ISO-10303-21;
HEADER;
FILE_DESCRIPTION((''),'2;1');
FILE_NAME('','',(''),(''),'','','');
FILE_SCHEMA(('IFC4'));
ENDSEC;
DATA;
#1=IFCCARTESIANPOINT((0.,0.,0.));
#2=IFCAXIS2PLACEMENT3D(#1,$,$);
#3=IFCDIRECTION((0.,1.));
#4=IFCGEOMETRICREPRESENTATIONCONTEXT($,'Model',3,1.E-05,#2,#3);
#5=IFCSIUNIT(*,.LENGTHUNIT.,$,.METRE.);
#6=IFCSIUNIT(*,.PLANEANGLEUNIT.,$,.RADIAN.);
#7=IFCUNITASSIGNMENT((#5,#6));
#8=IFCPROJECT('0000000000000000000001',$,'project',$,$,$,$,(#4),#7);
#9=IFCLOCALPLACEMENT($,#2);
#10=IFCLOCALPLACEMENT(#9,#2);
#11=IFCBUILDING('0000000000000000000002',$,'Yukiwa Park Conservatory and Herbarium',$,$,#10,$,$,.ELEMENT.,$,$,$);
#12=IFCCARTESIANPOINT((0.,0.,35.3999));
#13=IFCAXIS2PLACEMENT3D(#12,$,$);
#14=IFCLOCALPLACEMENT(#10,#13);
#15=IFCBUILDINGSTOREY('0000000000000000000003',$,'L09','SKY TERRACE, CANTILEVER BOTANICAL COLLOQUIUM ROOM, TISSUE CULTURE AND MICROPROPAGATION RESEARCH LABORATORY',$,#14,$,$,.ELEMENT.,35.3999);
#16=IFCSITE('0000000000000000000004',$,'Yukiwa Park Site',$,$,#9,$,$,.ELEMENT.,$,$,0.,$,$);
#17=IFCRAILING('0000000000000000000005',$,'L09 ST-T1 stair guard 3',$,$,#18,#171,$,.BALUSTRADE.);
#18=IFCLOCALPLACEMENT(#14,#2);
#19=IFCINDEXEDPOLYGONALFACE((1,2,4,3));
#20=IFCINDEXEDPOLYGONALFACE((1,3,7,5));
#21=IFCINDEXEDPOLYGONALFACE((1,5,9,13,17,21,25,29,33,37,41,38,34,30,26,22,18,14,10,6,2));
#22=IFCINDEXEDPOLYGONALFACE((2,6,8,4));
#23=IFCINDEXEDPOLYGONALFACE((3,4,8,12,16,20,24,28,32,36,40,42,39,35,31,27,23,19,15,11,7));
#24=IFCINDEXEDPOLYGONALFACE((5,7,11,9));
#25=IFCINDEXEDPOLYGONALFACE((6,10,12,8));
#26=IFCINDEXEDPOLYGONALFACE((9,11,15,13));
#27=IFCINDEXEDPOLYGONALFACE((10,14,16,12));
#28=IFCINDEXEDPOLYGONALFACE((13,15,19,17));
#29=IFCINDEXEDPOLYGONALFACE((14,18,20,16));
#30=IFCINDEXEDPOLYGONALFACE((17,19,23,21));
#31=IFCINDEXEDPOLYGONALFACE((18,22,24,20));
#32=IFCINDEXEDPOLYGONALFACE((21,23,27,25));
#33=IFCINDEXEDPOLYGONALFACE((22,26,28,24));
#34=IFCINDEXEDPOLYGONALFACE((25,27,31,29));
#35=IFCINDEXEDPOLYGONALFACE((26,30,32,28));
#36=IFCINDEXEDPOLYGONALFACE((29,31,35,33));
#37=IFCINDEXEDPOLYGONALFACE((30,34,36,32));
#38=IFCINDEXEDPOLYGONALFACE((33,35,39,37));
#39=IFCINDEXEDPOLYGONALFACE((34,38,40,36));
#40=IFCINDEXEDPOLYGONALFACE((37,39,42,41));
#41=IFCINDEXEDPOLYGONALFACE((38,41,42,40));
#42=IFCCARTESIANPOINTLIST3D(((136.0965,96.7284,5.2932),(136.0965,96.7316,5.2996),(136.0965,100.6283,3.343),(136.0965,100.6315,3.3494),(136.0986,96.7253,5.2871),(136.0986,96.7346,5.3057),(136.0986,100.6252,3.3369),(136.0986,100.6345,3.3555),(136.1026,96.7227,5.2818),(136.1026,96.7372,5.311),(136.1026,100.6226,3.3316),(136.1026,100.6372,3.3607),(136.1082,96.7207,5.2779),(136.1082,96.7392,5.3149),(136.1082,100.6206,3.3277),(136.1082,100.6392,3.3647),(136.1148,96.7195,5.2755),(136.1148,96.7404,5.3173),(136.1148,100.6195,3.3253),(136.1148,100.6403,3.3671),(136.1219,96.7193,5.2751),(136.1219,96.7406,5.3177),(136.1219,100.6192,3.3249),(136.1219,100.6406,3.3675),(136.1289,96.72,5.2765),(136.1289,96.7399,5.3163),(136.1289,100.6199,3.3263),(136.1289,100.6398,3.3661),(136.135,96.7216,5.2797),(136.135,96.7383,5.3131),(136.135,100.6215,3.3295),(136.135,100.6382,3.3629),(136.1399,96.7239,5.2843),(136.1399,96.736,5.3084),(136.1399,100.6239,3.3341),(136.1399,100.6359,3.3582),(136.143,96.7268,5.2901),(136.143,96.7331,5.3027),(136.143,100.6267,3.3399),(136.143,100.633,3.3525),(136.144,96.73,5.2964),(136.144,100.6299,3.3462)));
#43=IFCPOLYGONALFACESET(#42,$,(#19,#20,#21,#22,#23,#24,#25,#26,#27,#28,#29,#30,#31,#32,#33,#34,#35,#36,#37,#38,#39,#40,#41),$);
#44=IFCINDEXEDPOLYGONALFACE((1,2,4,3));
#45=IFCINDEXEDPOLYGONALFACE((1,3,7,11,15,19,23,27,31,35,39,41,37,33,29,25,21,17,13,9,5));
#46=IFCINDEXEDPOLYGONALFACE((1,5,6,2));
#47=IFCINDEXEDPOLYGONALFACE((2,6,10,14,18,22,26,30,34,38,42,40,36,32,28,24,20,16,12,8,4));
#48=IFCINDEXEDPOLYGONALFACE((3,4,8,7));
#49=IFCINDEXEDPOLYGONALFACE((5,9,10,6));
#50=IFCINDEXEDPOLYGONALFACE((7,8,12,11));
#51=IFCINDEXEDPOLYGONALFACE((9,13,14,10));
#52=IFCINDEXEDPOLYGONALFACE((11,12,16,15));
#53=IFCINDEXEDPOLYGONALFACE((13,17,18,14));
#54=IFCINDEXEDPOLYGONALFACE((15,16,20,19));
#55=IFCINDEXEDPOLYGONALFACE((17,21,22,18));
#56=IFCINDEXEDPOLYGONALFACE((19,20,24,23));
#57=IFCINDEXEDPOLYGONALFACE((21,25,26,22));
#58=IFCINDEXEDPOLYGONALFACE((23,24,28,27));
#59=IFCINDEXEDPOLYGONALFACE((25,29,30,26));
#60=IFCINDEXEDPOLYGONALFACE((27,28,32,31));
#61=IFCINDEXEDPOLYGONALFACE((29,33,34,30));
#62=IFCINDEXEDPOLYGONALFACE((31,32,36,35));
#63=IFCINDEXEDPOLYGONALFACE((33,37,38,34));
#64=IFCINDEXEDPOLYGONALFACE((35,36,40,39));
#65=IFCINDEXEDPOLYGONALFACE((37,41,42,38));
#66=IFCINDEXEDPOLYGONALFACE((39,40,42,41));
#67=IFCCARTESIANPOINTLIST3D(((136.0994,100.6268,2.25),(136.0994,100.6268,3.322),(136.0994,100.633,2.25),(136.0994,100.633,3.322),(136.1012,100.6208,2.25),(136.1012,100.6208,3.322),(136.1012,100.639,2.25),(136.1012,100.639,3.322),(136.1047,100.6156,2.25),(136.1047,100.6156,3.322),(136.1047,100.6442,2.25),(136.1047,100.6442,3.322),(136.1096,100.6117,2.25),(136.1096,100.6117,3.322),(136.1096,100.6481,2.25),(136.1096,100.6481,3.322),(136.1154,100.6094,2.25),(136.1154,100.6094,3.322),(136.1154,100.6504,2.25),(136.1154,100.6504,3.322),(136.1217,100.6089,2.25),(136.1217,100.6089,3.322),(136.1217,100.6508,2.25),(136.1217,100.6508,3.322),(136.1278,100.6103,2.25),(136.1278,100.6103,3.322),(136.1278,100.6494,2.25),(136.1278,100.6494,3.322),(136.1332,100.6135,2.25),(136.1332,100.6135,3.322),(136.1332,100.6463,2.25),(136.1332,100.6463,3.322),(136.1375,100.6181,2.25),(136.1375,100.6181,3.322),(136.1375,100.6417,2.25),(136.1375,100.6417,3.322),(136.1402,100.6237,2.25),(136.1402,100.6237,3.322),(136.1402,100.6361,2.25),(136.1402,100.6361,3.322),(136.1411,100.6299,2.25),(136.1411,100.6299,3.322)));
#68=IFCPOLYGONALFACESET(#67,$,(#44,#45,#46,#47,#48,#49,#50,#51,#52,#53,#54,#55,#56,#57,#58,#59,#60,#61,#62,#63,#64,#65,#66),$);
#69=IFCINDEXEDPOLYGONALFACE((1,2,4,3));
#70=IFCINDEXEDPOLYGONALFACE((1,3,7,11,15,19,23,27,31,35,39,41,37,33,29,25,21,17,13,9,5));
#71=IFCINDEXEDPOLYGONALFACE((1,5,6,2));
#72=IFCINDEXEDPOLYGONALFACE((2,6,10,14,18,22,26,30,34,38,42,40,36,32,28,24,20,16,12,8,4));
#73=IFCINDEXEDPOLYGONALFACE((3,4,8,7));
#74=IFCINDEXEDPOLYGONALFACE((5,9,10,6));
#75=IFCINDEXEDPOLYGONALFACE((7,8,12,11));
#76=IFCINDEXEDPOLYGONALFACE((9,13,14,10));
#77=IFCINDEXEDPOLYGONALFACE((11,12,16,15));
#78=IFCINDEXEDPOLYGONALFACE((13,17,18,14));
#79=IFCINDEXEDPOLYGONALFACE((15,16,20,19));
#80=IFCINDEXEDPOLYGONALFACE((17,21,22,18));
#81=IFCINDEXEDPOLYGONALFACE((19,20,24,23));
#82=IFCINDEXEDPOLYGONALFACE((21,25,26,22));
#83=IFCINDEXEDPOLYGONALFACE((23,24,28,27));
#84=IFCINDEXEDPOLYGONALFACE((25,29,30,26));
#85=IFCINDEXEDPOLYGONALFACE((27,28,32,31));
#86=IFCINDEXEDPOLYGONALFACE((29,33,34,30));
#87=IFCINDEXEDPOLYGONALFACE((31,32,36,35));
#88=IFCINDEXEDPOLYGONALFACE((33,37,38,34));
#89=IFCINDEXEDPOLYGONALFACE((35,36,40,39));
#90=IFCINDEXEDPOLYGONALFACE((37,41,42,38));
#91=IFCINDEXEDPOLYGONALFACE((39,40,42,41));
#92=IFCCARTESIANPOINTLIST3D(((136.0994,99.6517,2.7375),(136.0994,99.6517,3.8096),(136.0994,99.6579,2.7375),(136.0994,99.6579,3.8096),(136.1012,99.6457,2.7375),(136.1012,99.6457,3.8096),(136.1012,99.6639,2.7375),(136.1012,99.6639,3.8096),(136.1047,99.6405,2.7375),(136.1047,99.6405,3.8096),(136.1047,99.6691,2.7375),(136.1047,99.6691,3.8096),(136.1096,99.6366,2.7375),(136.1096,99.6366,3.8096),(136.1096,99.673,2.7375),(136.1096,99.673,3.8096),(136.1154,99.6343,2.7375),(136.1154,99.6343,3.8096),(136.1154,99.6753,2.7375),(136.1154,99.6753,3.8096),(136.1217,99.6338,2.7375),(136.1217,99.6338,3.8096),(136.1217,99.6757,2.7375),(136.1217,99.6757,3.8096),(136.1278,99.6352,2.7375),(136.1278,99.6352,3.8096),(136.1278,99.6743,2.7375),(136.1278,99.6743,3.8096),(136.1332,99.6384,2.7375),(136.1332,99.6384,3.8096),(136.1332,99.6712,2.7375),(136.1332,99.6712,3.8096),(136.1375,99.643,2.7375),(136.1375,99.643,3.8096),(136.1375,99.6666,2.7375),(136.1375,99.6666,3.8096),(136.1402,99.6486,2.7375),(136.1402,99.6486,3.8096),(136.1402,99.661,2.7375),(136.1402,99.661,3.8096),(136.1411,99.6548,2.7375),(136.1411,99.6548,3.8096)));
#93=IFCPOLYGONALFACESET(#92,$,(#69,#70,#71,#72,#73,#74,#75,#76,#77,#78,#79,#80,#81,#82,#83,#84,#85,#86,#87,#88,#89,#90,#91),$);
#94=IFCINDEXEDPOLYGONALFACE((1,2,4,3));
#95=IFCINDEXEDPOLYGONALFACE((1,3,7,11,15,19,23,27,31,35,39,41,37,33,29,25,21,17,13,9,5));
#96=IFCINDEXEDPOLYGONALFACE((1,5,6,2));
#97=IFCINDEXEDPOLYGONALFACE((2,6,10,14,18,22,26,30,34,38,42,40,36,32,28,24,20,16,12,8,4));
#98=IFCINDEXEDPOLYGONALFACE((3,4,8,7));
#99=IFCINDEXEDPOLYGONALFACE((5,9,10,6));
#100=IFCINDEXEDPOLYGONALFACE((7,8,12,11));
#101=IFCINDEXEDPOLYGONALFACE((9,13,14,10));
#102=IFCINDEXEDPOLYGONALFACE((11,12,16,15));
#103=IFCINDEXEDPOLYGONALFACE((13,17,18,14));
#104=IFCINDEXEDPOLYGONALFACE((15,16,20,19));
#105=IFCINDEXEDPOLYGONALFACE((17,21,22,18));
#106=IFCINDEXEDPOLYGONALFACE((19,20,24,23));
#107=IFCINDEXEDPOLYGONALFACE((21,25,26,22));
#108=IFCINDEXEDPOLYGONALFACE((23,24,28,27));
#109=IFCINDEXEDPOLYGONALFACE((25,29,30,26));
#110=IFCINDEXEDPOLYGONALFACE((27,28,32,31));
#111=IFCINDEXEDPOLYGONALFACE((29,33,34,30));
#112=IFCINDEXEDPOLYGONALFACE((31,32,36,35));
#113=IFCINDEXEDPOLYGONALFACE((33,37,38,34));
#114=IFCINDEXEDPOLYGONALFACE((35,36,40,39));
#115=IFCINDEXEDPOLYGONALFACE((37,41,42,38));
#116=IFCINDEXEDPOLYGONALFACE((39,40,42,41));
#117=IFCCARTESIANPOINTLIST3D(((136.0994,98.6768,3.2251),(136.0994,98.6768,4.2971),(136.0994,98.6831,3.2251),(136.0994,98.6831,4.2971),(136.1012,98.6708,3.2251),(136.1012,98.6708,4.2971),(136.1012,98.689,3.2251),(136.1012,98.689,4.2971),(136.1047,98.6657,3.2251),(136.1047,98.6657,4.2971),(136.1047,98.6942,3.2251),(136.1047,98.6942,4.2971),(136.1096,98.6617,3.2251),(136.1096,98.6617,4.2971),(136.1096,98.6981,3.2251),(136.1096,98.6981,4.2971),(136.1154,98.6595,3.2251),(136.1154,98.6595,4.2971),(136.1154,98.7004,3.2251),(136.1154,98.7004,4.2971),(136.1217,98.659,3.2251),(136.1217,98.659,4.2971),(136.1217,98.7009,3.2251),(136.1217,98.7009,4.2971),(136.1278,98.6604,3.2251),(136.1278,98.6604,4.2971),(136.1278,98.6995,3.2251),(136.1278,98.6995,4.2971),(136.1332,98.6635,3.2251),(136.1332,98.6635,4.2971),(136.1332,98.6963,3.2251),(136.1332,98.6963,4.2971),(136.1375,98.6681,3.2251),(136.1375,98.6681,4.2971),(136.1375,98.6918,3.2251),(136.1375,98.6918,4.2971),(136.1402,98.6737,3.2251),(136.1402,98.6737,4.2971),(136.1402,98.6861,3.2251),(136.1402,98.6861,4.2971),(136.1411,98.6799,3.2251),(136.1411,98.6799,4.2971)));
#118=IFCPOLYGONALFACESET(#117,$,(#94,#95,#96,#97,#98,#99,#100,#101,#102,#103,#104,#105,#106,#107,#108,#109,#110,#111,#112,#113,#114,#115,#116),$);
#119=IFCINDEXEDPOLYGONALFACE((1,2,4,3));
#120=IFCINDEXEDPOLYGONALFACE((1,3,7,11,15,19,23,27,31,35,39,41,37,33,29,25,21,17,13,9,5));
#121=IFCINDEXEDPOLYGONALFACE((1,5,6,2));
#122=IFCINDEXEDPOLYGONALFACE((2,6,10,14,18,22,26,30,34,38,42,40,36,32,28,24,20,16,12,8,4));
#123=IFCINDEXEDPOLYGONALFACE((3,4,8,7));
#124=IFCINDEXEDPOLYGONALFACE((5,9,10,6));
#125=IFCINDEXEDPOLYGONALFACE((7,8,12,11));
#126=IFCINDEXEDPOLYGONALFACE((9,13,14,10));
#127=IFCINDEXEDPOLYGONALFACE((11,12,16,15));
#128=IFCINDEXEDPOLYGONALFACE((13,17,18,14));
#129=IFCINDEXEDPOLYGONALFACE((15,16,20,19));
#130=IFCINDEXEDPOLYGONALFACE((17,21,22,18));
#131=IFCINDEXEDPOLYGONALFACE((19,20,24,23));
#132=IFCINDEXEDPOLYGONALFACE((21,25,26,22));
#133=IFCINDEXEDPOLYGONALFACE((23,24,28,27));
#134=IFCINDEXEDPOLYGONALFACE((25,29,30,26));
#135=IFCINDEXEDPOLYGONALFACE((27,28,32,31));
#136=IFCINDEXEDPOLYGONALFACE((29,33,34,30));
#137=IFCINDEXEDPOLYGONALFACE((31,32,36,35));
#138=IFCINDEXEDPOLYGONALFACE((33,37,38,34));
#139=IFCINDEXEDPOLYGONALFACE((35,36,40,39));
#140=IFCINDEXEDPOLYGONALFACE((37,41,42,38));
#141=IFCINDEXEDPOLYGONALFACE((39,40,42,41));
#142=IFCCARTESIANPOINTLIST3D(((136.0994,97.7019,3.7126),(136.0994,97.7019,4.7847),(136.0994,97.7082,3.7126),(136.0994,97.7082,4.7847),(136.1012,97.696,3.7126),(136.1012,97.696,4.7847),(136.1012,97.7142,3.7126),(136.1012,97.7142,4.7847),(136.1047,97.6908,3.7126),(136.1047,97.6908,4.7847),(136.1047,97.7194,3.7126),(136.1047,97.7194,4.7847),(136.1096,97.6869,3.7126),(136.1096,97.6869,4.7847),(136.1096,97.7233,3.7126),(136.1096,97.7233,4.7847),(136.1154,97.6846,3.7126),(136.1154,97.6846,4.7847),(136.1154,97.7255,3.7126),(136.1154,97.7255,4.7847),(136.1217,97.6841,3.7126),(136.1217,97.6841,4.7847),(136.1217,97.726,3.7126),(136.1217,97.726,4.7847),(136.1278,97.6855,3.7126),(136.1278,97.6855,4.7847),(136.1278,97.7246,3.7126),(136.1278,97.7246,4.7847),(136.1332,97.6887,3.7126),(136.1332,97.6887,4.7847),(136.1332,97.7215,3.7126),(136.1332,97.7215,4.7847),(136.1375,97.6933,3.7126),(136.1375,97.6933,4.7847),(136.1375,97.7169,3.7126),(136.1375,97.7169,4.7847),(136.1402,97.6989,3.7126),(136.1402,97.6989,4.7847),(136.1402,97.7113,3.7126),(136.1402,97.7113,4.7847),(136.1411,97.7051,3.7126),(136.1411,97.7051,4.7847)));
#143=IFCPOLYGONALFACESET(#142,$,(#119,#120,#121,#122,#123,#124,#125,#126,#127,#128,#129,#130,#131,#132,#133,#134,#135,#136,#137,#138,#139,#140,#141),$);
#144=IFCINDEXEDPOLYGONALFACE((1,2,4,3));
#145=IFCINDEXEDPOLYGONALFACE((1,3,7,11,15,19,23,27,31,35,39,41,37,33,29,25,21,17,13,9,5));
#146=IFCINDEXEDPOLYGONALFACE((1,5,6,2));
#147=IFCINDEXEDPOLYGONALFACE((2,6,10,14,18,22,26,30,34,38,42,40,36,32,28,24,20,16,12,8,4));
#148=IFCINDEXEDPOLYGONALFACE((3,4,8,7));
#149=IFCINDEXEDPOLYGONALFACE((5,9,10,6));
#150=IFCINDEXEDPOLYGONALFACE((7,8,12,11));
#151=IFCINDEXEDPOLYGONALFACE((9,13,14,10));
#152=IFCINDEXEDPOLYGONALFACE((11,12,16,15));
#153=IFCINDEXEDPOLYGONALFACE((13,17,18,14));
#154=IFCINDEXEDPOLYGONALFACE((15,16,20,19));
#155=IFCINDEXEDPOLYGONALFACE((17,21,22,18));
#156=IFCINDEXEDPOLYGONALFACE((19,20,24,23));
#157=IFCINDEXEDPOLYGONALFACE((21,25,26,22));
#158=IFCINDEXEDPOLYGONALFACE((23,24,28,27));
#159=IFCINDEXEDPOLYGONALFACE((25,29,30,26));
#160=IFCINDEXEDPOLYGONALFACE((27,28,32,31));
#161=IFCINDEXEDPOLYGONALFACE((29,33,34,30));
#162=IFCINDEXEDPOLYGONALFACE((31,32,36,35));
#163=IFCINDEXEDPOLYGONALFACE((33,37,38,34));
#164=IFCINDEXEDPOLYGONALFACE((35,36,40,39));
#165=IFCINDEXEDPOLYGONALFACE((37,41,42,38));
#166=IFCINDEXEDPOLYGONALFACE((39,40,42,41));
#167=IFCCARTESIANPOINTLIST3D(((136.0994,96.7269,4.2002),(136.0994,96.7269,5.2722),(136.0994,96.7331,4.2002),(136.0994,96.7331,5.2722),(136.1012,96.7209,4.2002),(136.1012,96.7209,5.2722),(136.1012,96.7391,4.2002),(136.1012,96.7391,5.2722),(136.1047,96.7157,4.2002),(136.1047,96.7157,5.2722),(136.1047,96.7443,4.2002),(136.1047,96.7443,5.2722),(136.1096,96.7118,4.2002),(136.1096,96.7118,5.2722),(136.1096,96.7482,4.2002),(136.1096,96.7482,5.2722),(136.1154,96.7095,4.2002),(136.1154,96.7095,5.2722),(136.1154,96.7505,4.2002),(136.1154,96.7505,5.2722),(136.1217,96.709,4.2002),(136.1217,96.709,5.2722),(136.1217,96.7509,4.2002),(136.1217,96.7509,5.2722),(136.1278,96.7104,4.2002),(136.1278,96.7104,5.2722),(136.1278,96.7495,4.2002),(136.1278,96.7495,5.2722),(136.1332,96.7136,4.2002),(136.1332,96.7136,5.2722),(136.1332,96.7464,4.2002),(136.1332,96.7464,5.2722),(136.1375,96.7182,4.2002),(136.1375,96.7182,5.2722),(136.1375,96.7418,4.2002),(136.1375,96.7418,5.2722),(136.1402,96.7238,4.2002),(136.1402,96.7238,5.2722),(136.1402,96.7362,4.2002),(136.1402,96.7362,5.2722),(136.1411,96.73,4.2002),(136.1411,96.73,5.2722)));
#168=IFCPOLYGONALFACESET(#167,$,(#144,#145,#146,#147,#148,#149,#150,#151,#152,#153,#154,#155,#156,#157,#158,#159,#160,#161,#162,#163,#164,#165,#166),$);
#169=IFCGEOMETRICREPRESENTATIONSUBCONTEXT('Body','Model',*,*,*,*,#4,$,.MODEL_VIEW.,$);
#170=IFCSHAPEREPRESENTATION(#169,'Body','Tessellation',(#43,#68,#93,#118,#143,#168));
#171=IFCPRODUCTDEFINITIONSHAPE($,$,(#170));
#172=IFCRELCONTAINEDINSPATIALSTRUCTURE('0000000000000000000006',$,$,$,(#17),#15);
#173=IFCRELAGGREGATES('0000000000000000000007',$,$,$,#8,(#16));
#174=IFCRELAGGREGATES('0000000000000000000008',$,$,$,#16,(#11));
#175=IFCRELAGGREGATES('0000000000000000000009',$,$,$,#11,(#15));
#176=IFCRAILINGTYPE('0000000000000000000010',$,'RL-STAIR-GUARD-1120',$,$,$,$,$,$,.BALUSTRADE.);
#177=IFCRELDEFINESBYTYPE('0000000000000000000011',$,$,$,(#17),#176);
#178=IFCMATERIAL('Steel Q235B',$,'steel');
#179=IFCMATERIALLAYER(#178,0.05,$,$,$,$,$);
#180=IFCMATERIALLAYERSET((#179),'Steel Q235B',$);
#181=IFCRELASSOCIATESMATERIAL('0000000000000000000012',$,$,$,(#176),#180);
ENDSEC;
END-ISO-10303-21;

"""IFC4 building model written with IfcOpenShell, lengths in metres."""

from ifc_helpers import new_model, si_unit, direction, frame, origin, origin_2d, place, context, subcontext, project, spatial, circle, extrude, material, layer, layer_set, type_object, element, save


model = new_model("IFC4")

# Units and contexts
model_context = context("Model", 3, precision=1e-05, world=origin(), true_north=direction((0.0, 1.0)))
body_context = subcontext(model_context, "Body", "Model", "MODEL_VIEW")
ifc_project = project(units=[si_unit("LENGTHUNIT", "METRE"), si_unit("PLANEANGLEUNIT", "RADIAN")], contexts=[model_context])

# Site, building, storey
site_placement = place(None, origin())
site = spatial("IfcSite", under=ifc_project, at=site_placement, Name="Yukiwa Park Site", CompositionType="ELEMENT", RefElevation=0.0)
building_placement = place(site_placement, origin())
building = spatial("IfcBuilding", under=site, at=building_placement, Name="Yukiwa Park Conservatory and Herbarium", CompositionType="ELEMENT")
storey_placement = place(building_placement, frame((0.0, 0.0, 35.3999)))
storey = spatial("IfcBuildingStorey", under=building, at=storey_placement, Name="L09", Description="SKY TERRACE, CANTILEVER BOTANICAL COLLOQUIUM ROOM, TISSUE CULTURE AND MICROPROPAGATION RESEARCH LABORATORY", CompositionType="ELEMENT", Elevation=35.3999)

# Railing
ifc_material_1 = material(Name="Steel Q235B", Category="steel")
ifc_layer_1 = layer(ifc_material_1, 0.05)
ifc_layer_set_1 = layer_set([ifc_layer_1], Name="Steel Q235B")
railing_type_1 = type_object("IfcRailingType", Name="RL-STAIR-GUARD-1120", PredefinedType="BALUSTRADE", material=ifc_layer_set_1)
railing_1_placement = place(storey_placement, frame((136.1201, 100.6299, 2.25)))
element("IfcRailing", 1, at=railing_1_placement, inside=storey, type_object=railing_type_1, Name="L09 ST-T1 stair guard 3", PredefinedType="BALUSTRADE", context=body_context, shape_type="SweptSolid", body=[
    extrude(circle(Radius=0.0239, at=origin_2d()), frame((0.0, 0.0, 1.0962), z_axis=(0.0, -0.894405, 0.447258), x_axis=(1.0, 0.0, 0.0)), (0.0, 0.0, 1.0), 4.3604),
    extrude(circle(Radius=0.021, at=origin_2d()), origin(), (0.0, 0.0, 1.0), 1.072),
    extrude(circle(Radius=0.021, at=origin_2d()), frame((0.0, -0.9751, 0.4875)), (0.0, 0.0, 1.0), 1.072),
    extrude(circle(Radius=0.021, at=origin_2d()), frame((0.0, -1.95, 0.9751)), (0.0, 0.0, 1.0), 1.072),
    extrude(circle(Radius=0.021, at=origin_2d()), frame((0.0, -2.9248, 1.4626)), (0.0, 0.0, 1.0), 1.072),
    extrude(circle(Radius=0.021, at=origin_2d()), frame((0.0, -3.8999, 1.9502)), (0.0, 0.0, 1.0), 1.072),
])

save(model, "model.ifc")
